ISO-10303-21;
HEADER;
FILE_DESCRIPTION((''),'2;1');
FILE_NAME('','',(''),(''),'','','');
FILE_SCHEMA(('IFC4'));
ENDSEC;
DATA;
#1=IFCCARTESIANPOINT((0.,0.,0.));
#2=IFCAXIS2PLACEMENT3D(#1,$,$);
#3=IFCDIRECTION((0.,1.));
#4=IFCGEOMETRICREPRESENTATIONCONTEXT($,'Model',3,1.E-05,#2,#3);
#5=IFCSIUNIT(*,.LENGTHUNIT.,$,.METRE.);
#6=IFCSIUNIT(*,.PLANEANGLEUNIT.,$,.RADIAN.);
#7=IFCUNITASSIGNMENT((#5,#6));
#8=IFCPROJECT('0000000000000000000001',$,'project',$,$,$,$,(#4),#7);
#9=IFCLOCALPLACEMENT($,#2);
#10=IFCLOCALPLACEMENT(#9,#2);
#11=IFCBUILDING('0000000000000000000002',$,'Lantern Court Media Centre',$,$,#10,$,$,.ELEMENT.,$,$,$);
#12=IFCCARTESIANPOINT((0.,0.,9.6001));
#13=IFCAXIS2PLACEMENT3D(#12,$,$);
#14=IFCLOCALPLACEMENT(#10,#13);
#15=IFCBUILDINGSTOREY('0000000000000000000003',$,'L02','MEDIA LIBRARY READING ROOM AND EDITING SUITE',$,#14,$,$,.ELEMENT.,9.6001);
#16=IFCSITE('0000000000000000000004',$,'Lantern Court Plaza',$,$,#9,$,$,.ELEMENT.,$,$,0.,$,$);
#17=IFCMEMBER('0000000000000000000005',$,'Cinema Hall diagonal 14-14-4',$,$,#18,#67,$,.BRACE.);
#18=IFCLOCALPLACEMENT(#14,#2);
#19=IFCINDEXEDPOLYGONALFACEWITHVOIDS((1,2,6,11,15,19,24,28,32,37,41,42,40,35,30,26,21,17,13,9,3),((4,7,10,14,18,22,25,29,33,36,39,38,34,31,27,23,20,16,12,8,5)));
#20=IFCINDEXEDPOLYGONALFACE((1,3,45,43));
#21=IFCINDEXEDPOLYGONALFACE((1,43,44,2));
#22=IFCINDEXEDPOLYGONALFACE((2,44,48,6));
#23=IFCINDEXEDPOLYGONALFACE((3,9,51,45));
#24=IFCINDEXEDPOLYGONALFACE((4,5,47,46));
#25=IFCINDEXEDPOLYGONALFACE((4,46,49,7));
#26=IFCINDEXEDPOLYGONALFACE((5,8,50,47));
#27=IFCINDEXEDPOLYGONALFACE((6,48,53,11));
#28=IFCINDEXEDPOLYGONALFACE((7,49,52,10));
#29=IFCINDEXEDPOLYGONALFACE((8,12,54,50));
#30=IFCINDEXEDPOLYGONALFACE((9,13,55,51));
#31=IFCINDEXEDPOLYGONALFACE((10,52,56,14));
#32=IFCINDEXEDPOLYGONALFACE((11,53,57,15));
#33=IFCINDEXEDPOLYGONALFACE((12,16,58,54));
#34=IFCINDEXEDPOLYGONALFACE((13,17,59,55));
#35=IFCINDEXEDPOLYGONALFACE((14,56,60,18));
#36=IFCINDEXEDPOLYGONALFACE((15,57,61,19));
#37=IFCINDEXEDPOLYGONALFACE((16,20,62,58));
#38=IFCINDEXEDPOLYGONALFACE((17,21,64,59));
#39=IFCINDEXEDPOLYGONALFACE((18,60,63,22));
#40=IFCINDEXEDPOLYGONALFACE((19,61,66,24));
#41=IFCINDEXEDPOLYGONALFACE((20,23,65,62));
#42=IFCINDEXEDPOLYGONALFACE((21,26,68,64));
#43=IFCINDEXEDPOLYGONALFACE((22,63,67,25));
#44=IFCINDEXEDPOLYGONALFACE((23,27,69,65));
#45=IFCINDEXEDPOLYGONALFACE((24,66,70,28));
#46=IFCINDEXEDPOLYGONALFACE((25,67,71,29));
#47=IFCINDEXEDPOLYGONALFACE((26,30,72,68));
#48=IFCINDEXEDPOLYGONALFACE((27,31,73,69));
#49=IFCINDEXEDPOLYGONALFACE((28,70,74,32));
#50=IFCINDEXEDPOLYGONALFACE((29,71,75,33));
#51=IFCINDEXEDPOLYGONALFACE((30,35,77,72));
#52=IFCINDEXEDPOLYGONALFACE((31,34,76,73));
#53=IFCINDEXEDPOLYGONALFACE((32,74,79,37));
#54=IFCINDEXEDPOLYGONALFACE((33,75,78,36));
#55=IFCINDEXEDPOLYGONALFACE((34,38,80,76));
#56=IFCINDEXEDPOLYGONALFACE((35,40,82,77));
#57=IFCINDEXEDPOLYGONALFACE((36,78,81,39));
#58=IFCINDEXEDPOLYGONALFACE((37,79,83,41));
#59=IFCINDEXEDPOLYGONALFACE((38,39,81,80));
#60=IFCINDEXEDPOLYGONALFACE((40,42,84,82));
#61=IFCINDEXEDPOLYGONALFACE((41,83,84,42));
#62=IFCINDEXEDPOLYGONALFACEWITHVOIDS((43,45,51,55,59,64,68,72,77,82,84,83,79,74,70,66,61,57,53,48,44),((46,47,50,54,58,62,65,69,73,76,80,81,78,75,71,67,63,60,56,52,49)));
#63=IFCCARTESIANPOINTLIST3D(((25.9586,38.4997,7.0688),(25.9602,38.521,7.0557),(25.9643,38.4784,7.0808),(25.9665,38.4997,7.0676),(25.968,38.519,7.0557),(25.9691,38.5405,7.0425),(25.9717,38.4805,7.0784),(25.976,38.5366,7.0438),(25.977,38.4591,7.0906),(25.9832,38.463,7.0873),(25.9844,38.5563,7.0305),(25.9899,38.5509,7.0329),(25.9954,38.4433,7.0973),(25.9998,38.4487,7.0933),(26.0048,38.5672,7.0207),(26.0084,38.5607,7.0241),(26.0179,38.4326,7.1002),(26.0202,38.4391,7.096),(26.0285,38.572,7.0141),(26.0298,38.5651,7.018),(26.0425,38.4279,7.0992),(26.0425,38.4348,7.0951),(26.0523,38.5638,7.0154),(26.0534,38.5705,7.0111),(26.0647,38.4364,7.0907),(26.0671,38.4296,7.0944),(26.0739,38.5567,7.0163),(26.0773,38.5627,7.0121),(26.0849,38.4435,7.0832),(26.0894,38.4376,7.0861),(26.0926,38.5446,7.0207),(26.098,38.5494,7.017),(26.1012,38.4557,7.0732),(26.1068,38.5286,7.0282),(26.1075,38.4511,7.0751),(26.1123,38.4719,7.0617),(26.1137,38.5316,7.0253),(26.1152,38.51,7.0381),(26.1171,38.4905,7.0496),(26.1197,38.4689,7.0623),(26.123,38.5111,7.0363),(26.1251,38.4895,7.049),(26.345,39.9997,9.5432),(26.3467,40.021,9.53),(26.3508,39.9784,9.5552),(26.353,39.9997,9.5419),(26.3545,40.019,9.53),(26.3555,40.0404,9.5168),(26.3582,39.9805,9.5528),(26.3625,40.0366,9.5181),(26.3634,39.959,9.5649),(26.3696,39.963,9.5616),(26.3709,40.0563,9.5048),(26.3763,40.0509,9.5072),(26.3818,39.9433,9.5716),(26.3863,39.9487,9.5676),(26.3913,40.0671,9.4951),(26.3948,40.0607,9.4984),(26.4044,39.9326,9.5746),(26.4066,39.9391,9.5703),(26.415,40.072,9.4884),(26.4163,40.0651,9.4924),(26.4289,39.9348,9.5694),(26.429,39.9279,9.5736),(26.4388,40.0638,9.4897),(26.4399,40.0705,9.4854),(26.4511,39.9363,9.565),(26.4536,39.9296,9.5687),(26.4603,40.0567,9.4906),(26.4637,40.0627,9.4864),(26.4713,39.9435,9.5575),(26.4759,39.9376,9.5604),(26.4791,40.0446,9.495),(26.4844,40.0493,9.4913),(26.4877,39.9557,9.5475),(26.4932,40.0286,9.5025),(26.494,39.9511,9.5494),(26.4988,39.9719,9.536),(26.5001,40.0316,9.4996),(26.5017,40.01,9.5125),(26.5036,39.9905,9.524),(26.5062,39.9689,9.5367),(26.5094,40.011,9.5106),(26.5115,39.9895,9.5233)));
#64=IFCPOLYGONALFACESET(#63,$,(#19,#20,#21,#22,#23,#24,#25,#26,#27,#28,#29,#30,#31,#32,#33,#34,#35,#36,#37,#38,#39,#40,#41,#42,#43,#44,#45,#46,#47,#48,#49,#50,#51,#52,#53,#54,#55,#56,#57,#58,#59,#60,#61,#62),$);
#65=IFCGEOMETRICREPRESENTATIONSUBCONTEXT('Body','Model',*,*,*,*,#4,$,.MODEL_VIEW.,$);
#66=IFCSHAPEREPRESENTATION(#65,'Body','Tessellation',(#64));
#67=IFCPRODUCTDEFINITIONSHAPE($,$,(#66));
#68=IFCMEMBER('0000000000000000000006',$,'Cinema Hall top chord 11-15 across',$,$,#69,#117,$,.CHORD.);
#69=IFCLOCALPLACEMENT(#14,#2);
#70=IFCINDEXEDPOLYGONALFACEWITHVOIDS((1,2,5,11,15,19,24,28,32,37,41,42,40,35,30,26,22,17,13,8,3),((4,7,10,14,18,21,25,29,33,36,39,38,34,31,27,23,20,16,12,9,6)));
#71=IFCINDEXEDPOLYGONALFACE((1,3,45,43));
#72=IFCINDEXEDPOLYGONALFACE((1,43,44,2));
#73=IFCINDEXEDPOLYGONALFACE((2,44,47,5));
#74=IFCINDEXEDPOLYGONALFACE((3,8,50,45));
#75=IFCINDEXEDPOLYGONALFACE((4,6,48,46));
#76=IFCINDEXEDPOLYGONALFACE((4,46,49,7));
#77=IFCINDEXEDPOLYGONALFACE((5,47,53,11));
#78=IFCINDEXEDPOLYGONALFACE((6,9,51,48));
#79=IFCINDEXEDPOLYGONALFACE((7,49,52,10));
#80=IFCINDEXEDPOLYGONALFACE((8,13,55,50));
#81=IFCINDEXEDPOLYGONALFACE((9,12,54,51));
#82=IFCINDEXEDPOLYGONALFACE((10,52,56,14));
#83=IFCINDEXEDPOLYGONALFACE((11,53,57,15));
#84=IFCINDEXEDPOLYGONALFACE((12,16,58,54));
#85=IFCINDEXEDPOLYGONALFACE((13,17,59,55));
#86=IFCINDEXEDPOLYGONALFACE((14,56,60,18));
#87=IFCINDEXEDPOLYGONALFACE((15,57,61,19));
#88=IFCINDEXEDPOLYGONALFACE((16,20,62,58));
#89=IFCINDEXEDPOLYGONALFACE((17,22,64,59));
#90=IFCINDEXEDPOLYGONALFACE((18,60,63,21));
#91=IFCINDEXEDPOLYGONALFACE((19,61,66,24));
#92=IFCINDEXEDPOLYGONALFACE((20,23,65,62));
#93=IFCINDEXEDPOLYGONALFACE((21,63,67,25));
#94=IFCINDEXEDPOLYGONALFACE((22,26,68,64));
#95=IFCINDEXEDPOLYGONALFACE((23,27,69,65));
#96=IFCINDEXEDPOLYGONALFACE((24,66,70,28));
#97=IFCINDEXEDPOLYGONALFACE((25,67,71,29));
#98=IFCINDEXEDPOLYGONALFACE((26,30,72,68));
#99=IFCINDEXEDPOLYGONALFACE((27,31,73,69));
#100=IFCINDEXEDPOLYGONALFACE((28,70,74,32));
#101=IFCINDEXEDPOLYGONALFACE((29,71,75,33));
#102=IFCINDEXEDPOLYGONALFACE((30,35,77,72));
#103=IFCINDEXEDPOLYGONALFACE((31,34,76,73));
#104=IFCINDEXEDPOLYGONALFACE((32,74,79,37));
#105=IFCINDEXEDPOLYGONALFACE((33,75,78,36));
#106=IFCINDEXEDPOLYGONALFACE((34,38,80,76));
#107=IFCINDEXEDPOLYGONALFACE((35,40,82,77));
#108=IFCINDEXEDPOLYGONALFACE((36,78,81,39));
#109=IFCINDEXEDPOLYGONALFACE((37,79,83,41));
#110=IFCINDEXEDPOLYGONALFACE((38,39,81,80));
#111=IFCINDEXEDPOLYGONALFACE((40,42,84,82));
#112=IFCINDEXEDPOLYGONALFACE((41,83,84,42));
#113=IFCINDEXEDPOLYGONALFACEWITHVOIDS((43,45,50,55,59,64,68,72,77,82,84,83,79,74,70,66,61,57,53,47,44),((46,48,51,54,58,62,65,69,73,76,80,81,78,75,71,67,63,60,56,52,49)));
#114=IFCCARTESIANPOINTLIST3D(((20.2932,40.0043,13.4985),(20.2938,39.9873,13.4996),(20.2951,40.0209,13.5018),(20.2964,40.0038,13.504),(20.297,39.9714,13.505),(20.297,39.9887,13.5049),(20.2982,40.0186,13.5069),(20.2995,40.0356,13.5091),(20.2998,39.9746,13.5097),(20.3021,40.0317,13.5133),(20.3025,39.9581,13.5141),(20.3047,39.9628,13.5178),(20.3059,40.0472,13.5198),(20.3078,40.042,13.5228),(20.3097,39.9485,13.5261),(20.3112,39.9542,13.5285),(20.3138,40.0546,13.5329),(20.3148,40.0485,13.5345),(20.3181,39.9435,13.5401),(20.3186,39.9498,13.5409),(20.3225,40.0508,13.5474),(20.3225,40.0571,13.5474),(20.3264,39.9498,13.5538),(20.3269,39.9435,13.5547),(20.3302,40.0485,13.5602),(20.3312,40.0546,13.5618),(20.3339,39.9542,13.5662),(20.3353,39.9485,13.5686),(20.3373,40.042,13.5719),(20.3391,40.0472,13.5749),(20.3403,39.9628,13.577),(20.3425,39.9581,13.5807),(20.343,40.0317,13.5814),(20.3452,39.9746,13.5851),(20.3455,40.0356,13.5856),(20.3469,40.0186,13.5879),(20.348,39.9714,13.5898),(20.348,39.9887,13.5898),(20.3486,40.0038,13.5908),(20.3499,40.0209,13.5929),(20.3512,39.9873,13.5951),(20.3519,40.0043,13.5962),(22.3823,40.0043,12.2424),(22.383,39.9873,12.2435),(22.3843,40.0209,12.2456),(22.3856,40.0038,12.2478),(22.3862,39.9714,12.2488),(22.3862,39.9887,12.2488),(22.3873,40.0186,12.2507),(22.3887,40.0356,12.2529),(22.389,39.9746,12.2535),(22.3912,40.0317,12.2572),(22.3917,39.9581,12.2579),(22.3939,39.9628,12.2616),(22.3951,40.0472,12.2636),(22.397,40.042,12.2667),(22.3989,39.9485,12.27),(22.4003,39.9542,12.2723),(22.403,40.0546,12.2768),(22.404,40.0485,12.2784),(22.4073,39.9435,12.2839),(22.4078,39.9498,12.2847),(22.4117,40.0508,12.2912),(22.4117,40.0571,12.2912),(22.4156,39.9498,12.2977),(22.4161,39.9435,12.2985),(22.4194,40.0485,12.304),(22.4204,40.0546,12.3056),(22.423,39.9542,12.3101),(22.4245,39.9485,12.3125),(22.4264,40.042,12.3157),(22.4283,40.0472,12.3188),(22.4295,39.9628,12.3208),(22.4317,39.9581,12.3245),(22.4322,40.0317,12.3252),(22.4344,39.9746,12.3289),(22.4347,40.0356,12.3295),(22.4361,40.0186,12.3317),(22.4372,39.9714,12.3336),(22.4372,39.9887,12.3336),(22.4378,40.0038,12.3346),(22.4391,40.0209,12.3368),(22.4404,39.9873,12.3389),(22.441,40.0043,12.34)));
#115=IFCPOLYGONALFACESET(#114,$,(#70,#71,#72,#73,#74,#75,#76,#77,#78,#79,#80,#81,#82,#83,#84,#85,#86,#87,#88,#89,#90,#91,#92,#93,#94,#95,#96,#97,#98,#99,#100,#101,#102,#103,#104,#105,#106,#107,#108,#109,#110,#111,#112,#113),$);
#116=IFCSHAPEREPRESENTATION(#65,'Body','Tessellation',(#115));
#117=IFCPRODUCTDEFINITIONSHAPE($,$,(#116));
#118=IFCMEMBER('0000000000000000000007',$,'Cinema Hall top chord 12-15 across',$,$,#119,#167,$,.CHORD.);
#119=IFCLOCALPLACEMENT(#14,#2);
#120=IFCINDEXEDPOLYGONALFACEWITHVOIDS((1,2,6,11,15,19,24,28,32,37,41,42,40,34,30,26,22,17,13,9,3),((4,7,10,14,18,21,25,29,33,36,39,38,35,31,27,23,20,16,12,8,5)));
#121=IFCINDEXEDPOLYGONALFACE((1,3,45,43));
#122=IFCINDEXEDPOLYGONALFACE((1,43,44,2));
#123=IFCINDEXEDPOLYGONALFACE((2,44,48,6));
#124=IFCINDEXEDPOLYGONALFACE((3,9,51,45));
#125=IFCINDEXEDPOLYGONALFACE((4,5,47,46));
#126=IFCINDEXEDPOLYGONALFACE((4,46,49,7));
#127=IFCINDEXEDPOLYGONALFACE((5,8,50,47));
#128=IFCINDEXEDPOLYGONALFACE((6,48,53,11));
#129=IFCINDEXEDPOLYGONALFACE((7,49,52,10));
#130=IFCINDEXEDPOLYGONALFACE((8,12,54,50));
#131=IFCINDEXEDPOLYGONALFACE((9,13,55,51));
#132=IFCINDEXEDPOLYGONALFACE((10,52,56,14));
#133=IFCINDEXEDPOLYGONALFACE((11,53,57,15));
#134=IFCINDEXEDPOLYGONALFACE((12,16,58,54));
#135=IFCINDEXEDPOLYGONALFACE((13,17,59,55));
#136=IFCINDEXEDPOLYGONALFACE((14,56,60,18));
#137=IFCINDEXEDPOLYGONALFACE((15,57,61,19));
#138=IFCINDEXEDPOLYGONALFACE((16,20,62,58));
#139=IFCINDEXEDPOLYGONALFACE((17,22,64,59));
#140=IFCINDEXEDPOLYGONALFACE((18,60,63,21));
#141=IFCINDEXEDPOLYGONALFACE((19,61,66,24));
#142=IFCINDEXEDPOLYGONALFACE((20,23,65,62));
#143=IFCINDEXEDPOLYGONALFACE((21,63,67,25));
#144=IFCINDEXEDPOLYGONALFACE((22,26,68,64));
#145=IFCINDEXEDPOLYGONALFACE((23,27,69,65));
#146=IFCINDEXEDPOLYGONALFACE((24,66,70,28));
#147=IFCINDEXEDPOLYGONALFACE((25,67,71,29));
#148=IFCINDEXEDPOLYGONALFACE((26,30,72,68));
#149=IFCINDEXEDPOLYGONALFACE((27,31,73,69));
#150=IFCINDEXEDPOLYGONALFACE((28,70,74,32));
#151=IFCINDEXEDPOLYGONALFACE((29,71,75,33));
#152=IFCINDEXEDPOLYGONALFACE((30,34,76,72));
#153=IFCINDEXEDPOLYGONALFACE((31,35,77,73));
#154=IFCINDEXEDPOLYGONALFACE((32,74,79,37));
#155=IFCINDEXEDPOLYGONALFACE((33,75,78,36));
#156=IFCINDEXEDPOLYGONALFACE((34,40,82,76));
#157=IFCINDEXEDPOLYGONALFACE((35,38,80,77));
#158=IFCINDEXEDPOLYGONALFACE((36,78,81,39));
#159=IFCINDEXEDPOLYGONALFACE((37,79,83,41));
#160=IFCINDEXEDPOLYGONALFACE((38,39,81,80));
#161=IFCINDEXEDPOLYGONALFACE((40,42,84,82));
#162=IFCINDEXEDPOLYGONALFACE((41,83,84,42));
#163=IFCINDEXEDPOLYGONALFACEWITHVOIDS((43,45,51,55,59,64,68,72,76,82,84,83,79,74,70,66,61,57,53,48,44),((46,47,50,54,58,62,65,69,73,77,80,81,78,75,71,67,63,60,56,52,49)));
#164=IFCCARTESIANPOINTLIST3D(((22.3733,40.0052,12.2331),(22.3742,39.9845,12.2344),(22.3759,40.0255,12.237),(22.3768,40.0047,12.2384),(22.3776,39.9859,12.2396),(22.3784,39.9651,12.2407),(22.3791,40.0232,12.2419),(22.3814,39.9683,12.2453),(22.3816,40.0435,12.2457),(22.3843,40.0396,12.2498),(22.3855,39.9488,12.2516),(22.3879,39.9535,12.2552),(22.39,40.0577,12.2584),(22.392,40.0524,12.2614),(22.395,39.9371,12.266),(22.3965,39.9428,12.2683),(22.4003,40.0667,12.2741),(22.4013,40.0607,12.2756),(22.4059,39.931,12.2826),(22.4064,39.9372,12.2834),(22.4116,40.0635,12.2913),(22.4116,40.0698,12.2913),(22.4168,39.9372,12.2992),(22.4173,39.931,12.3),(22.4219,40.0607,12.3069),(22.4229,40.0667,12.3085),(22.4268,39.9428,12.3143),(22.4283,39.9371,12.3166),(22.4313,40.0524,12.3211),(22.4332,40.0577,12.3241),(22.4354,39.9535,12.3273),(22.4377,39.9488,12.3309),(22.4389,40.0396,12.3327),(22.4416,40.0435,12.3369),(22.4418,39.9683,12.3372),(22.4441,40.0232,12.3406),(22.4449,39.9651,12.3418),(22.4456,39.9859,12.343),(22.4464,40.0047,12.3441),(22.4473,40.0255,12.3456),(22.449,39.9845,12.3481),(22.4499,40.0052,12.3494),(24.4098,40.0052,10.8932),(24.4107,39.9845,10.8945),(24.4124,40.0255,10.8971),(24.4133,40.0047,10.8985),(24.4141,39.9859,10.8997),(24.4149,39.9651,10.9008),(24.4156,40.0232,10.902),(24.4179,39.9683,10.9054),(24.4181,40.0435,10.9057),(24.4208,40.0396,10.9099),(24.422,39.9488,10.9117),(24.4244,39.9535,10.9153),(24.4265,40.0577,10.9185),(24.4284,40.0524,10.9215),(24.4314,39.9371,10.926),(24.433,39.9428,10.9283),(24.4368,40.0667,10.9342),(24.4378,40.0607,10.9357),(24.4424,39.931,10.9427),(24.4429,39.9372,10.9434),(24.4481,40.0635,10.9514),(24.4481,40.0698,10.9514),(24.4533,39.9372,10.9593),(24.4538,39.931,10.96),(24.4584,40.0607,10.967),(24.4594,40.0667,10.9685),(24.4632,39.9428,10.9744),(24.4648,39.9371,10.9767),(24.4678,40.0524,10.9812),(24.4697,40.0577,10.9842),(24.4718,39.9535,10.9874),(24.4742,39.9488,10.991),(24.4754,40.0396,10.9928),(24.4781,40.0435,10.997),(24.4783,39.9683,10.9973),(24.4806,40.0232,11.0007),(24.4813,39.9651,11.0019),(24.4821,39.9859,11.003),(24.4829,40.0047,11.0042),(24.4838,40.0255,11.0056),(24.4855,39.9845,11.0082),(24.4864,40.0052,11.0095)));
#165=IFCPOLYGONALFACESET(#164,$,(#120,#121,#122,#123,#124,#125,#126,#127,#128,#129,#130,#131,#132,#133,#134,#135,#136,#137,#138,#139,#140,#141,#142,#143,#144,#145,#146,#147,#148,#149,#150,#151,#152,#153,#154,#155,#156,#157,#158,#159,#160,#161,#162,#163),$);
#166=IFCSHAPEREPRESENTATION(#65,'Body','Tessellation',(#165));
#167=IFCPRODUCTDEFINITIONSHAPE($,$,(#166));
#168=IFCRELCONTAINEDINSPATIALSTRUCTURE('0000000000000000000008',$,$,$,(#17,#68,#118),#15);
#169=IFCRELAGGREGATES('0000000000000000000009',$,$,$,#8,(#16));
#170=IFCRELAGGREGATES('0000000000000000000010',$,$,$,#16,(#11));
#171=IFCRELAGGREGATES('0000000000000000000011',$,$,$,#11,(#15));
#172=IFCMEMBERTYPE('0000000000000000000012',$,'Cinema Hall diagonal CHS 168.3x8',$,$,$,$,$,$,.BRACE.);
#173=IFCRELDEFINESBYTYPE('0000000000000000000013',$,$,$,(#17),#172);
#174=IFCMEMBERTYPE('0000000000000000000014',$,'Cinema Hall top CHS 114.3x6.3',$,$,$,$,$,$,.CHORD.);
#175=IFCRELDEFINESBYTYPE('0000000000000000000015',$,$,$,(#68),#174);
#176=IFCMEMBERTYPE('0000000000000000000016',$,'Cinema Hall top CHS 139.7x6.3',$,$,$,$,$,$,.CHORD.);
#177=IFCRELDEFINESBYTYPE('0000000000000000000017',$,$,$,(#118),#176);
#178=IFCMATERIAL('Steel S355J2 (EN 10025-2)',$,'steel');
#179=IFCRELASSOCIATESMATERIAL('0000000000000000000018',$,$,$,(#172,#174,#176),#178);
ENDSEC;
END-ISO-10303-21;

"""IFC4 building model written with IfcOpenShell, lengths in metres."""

from ifc_helpers import new_model, si_unit, direction, frame, origin, origin_2d, place, context, subcontext, project, spatial, hollow_circle, extrude, material, material_profile, profile_set, type_object, element, save


model = new_model("IFC4")

# Units and contexts
model_context = context("Model", 3, precision=1e-05, world=origin(), true_north=direction((0.0, 1.0)))
body_context = subcontext(model_context, "Body", "Model", "MODEL_VIEW")
ifc_project = project(units=[si_unit("LENGTHUNIT", "METRE"), si_unit("PLANEANGLEUNIT", "RADIAN")], contexts=[model_context])

# Site, building, storey
site_placement = place(None, origin())
site = spatial("IfcSite", under=ifc_project, at=site_placement, Name="Lantern Court Plaza", CompositionType="ELEMENT", RefElevation=0.0)
building_placement = place(site_placement, origin())
building = spatial("IfcBuilding", under=site, at=building_placement, Name="Lantern Court Media Centre", CompositionType="ELEMENT")
storey_placement = place(building_placement, frame((0.0, 0.0, 9.6001)))
storey = spatial("IfcBuildingStorey", under=building, at=storey_placement, Name="L02", Description="MEDIA LIBRARY READING ROOM AND EDITING SUITE", CompositionType="ELEMENT", Elevation=9.6001)

# Members
ifc_material_1 = material(Name="Steel S355J2 (EN 10025-2)", Category="steel")
ifc_material_profile_1 = material_profile(ifc_material_1, hollow_circle(Radius=0.0842, WallThickness=0.0081, at=origin_2d()), Name="Cinema Hall diagonal CHS 168.3x8")
ifc_profile_set_1 = profile_set([ifc_material_profile_1], Name="Steel S355J2 (EN 10025-2)")
member_type_1 = type_object("IfcMemberType", Name="Cinema Hall diagonal CHS 168.3x8", PredefinedType="BRACE", material=ifc_profile_set_1)
member_1_placement = place(storey_placement, frame((26.0417, 38.5, 7.0557), z_axis=(0.13239, 0.513836, 0.847612), x_axis=(-0.968374, 0.249501, 0.0)))
element("IfcMember", 1, at=member_1_placement, inside=storey, type_object=member_type_1, Name="Cinema Hall diagonal 14-14-4", PredefinedType="BRACE", context=body_context, shape_type="SweptSolid", body=[
    extrude(hollow_circle(Radius=0.0842, WallThickness=0.0081, at=origin_2d()), origin(), (0.0, 0.0, 1.0), 2.9192),
])
ifc_material_profile_2 = material_profile(ifc_material_1, hollow_circle(Radius=0.0571, WallThickness=0.0063, at=origin_2d()), Name="Cinema Hall top CHS 114.3x6.3")
ifc_profile_set_2 = profile_set([ifc_material_profile_2], Name="Steel S355J2 (EN 10025-2)")
member_type_2 = type_object("IfcMemberType", Name="Cinema Hall top CHS 114.3x6.3", PredefinedType="CHORD", material=ifc_profile_set_2)
member_2_placement = place(storey_placement, frame((20.3225, 40.0, 13.5474), z_axis=(0.857015, 0.0, -0.515291), x_axis=(0.0, 1.0, 0.0)))
element("IfcMember", 2, at=member_2_placement, inside=storey, type_object=member_type_2, Name="Cinema Hall top chord 11-15 across", PredefinedType="CHORD", context=body_context, shape_type="SweptSolid", body=[
    extrude(hollow_circle(Radius=0.0571, WallThickness=0.0063, at=origin_2d()), origin(), (0.0, 0.0, 1.0), 2.4377),
])
ifc_material_profile_3 = material_profile(ifc_material_1, hollow_circle(Radius=0.0698, WallThickness=0.0063, at=origin_2d()), Name="Cinema Hall top CHS 139.7x6.3")
ifc_profile_set_3 = profile_set([ifc_material_profile_3], Name="Steel S355J2 (EN 10025-2)")
member_type_3 = type_object("IfcMemberType", Name="Cinema Hall top CHS 139.7x6.3", PredefinedType="CHORD", material=ifc_profile_set_3)
member_3_placement = place(storey_placement, frame((22.4116, 40.0, 12.2913), z_axis=(0.835394, 0.0, -0.549651), x_axis=(0.0, 1.0, 0.0)))
element("IfcMember", 3, at=member_3_placement, inside=storey, type_object=member_type_3, Name="Cinema Hall top chord 12-15 across", PredefinedType="CHORD", context=body_context, shape_type="SweptSolid", body=[
    extrude(hollow_circle(Radius=0.0698, WallThickness=0.0063, at=origin_2d()), origin(), (0.0, 0.0, 1.0), 2.4377),
])

save(model, "model.ifc")
